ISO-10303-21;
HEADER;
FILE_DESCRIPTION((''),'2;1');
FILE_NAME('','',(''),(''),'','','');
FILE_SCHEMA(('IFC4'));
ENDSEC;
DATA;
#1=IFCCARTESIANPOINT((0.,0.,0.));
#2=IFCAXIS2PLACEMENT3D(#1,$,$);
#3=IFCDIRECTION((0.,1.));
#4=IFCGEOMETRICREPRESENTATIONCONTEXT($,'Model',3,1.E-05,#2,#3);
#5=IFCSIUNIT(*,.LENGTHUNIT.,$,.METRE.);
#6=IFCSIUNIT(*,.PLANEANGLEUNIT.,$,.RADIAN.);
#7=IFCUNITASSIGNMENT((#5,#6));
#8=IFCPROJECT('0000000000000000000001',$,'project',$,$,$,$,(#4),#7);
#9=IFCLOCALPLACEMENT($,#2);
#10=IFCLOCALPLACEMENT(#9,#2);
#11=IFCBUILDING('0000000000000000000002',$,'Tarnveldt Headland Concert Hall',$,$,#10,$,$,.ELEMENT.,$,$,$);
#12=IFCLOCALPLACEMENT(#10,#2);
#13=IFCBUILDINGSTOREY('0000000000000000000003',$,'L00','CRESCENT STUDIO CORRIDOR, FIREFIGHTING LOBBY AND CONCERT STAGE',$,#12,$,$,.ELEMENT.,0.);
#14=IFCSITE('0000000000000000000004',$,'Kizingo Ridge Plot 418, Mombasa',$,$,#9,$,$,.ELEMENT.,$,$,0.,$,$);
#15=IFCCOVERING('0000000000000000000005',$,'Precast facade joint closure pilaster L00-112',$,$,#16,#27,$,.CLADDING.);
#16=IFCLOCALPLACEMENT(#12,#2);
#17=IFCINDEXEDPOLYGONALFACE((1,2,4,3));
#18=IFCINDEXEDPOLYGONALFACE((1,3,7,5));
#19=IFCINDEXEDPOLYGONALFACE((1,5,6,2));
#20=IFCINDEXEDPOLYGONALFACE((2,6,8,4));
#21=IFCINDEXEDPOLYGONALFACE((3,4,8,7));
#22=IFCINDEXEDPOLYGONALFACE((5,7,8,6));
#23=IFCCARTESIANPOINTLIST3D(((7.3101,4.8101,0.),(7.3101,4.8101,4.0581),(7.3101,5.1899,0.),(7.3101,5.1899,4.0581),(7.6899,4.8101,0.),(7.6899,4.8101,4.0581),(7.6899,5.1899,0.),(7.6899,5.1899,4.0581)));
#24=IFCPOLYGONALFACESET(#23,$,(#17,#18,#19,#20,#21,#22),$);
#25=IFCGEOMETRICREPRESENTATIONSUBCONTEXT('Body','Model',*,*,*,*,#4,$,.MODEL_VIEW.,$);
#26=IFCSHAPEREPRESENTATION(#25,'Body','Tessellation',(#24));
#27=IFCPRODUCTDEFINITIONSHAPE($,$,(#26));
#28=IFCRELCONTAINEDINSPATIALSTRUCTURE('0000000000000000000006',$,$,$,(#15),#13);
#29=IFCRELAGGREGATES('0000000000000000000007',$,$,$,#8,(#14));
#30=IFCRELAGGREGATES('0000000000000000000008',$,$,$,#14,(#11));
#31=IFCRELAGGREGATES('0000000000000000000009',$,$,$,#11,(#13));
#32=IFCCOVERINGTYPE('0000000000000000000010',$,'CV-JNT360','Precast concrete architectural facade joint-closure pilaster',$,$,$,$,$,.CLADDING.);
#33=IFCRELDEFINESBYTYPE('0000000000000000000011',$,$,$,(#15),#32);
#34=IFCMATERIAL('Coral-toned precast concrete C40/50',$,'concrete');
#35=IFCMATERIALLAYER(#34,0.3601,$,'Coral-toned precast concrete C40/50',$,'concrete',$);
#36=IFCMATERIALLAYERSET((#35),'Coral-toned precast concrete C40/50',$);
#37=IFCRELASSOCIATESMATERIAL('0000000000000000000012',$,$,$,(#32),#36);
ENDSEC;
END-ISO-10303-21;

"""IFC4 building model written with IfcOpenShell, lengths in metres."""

from ifc_helpers import new_model, si_unit, direction, frame, origin, origin_2d, place, context, subcontext, project, spatial, rectangle, extrude, material, layer, layer_set, type_object, element, save


model = new_model("IFC4")

# Units and contexts
model_context = context("Model", 3, precision=1e-05, world=origin(), true_north=direction((0.0, 1.0)))
body_context = subcontext(model_context, "Body", "Model", "MODEL_VIEW")
ifc_project = project(units=[si_unit("LENGTHUNIT", "METRE"), si_unit("PLANEANGLEUNIT", "RADIAN")], contexts=[model_context])

# Site, building, storey
site_placement = place(None, origin())
site = spatial("IfcSite", under=ifc_project, at=site_placement, Name="Kizingo Ridge Plot 418, Mombasa", CompositionType="ELEMENT", RefElevation=0.0)
building_placement = place(site_placement, origin())
building = spatial("IfcBuilding", under=site, at=building_placement, Name="Tarnveldt Headland Concert Hall", CompositionType="ELEMENT")
storey_placement = place(building_placement, origin())
storey = spatial("IfcBuildingStorey", under=building, at=storey_placement, Name="L00", Description="CRESCENT STUDIO CORRIDOR, FIREFIGHTING LOBBY AND CONCERT STAGE", CompositionType="ELEMENT", Elevation=0.0)

# Covering
ifc_material_1 = material(Name="Coral-toned precast concrete C40/50", Category="concrete")
ifc_layer_1 = layer(ifc_material_1, 0.3601, Name="Coral-toned precast concrete C40/50", Category="concrete")
ifc_layer_set_1 = layer_set([ifc_layer_1], Name="Coral-toned precast concrete C40/50")
covering_type_1 = type_object("IfcCoveringType", Name="CV-JNT360", Description="Precast concrete architectural facade joint-closure pilaster", PredefinedType="CLADDING", material=ifc_layer_set_1)
covering_1_placement = place(storey_placement, frame((7.5, 5.0, 0.0), z_axis=(0.0, 0.0, 1.0), x_axis=(0.0, 1.0, 0.0)))
element("IfcCovering", 1, at=covering_1_placement, inside=storey, type_object=covering_type_1, Name="Precast facade joint closure pilaster L00-112", PredefinedType="CLADDING", context=body_context, shape_type="SweptSolid", body=[
    extrude(rectangle(XDim=0.3799, YDim=0.3799, at=origin_2d()), origin(), (0.0, 0.0, 1.0), 4.0581),
])

save(model, "model.ifc")
